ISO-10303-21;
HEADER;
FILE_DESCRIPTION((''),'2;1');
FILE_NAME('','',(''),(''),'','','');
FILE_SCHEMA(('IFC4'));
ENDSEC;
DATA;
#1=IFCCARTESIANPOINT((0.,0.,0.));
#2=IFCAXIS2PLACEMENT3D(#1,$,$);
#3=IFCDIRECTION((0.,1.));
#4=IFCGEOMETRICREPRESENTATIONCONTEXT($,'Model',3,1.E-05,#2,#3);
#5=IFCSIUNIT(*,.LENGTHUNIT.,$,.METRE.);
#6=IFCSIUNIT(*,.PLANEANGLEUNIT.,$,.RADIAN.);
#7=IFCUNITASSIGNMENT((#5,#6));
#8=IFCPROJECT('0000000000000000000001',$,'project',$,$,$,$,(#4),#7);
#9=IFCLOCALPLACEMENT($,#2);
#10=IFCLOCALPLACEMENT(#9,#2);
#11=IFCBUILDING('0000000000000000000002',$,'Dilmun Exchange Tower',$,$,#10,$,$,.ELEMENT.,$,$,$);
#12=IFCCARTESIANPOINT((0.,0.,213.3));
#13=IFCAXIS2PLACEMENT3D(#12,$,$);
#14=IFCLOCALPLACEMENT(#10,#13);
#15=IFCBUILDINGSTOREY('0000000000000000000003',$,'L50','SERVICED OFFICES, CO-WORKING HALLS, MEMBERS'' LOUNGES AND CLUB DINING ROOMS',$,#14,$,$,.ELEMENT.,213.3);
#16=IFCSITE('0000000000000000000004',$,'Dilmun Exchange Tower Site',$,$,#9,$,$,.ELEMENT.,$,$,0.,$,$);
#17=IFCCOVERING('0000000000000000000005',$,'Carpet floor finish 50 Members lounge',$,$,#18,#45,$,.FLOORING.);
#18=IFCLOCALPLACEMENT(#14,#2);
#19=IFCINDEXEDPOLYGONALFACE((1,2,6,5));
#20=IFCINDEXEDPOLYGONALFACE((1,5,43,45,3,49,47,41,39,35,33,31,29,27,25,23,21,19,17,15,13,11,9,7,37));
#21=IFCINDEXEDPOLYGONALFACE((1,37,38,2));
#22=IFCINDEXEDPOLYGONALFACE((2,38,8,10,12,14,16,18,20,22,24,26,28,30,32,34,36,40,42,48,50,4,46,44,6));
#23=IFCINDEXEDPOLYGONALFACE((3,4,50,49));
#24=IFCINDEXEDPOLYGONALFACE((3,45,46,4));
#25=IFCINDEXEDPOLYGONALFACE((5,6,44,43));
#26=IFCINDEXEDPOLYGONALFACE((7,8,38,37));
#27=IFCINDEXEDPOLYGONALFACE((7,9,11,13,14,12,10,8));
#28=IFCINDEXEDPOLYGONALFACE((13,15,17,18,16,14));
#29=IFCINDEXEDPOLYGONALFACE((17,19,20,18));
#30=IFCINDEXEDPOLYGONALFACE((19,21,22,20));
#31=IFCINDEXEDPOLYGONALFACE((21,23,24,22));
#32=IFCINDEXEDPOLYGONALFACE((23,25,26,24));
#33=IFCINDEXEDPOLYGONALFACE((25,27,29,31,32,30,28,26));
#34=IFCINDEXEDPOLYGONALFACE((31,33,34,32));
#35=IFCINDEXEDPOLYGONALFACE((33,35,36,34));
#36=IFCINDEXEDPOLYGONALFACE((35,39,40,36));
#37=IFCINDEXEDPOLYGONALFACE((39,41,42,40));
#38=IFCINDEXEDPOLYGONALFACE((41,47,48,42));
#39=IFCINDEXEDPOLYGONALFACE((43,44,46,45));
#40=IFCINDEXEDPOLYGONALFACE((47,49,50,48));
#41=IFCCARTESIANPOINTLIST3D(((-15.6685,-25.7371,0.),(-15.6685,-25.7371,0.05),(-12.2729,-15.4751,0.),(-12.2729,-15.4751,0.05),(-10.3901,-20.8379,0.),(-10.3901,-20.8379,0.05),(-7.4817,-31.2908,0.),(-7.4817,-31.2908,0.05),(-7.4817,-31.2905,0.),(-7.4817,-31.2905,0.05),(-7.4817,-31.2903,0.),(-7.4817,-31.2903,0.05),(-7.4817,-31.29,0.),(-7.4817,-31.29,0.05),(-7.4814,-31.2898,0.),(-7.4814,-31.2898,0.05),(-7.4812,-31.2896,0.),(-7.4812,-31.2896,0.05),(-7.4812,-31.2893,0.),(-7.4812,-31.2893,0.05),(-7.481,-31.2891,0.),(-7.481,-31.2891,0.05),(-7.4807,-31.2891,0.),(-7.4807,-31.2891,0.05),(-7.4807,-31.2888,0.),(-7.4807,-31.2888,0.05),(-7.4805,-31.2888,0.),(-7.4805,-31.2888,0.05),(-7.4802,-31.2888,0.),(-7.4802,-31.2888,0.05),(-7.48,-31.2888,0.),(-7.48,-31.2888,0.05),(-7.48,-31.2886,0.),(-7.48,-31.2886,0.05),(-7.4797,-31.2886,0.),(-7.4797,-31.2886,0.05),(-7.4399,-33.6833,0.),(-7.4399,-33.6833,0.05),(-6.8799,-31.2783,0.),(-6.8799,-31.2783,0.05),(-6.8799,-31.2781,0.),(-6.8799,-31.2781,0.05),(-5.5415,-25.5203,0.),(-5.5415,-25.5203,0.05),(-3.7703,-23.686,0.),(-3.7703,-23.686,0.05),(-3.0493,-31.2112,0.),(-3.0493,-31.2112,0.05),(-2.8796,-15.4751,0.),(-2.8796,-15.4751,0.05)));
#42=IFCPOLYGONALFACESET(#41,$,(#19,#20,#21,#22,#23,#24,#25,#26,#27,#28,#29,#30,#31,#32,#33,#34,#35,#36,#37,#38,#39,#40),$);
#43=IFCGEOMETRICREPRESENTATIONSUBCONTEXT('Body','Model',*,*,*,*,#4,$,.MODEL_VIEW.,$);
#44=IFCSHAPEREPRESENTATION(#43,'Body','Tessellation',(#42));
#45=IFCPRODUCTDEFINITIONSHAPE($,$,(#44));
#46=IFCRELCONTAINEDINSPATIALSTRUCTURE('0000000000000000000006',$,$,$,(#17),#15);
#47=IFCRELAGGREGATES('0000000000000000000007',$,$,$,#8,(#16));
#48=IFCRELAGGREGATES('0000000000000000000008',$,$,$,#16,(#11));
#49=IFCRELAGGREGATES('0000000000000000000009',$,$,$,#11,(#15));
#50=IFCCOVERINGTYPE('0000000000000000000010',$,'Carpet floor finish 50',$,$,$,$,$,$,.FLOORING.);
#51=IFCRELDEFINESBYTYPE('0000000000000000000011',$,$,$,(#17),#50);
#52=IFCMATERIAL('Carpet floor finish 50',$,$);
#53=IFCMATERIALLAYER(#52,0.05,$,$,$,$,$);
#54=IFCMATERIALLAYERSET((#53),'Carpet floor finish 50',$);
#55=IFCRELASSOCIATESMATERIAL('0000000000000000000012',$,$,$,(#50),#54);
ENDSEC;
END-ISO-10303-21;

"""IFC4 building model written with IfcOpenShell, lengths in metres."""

from ifc_helpers import new_model, si_unit, direction, frame, origin, place, context, subcontext, project, spatial, polyline, outline, extrude, material, layer, layer_set, type_object, element, save


model = new_model("IFC4")

# Units and contexts
model_context = context("Model", 3, precision=1e-05, world=origin(), true_north=direction((0.0, 1.0)))
body_context = subcontext(model_context, "Body", "Model", "MODEL_VIEW")
ifc_project = project(units=[si_unit("LENGTHUNIT", "METRE"), si_unit("PLANEANGLEUNIT", "RADIAN")], contexts=[model_context])

# Site, building, storey
site_placement = place(None, origin())
site = spatial("IfcSite", under=ifc_project, at=site_placement, Name="Dilmun Exchange Tower Site", CompositionType="ELEMENT", RefElevation=0.0)
building_placement = place(site_placement, origin())
building = spatial("IfcBuilding", under=site, at=building_placement, Name="Dilmun Exchange Tower", CompositionType="ELEMENT")
storey_placement = place(building_placement, frame((0.0, 0.0, 213.3)))
storey = spatial("IfcBuildingStorey", under=building, at=storey_placement, Name="L50", Description="SERVICED OFFICES, CO-WORKING HALLS, MEMBERS' LOUNGES AND CLUB DINING ROOMS", CompositionType="ELEMENT", Elevation=213.3)

# Covering
ifc_material_1 = material(Name="Carpet floor finish 50")
ifc_layer_1 = layer(ifc_material_1, 0.05)
ifc_layer_set_1 = layer_set([ifc_layer_1], Name="Carpet floor finish 50")
covering_type_1 = type_object("IfcCoveringType", Name="Carpet floor finish 50", PredefinedType="FLOORING", material=ifc_layer_set_1)
covering_1_placement = place(storey_placement, origin())
element("IfcCovering", 1, at=covering_1_placement, inside=storey, type_object=covering_type_1, Name="Carpet floor finish 50 Members lounge", PredefinedType="FLOORING", context=body_context, shape_type="SweptSolid", body=[
    extrude(outline(polyline([(-10.3901, -20.8379), (-5.5415, -25.5203), (-3.7703, -23.686), (-12.2729, -15.4751), (-2.8796, -15.4751), (-3.0493, -31.2112), (-6.8799, -31.2781), (-6.8799, -31.2783), (-6.8799, -31.2783), (-7.4797, -31.2886), (-7.48, -31.2886), (-7.48, -31.2888), (-7.4802, -31.2888), (-7.4805, -31.2888), (-7.4807, -31.2888), (-7.4807, -31.2891), (-7.481, -31.2891), (-7.4812, -31.2893), (-7.4812, -31.2893), (-7.4812, -31.2896), (-7.4814, -31.2898), (-7.4814, -31.2898), (-7.4817, -31.29), (-7.4817, -31.2903), (-7.4817, -31.2905), (-7.4817, -31.2908), (-7.4399, -33.6833), (-15.6685, -25.7371), (-10.3901, -20.8379)])), origin(), (0.0, 0.0, 1.0), 0.05),
])

save(model, "model.ifc")
